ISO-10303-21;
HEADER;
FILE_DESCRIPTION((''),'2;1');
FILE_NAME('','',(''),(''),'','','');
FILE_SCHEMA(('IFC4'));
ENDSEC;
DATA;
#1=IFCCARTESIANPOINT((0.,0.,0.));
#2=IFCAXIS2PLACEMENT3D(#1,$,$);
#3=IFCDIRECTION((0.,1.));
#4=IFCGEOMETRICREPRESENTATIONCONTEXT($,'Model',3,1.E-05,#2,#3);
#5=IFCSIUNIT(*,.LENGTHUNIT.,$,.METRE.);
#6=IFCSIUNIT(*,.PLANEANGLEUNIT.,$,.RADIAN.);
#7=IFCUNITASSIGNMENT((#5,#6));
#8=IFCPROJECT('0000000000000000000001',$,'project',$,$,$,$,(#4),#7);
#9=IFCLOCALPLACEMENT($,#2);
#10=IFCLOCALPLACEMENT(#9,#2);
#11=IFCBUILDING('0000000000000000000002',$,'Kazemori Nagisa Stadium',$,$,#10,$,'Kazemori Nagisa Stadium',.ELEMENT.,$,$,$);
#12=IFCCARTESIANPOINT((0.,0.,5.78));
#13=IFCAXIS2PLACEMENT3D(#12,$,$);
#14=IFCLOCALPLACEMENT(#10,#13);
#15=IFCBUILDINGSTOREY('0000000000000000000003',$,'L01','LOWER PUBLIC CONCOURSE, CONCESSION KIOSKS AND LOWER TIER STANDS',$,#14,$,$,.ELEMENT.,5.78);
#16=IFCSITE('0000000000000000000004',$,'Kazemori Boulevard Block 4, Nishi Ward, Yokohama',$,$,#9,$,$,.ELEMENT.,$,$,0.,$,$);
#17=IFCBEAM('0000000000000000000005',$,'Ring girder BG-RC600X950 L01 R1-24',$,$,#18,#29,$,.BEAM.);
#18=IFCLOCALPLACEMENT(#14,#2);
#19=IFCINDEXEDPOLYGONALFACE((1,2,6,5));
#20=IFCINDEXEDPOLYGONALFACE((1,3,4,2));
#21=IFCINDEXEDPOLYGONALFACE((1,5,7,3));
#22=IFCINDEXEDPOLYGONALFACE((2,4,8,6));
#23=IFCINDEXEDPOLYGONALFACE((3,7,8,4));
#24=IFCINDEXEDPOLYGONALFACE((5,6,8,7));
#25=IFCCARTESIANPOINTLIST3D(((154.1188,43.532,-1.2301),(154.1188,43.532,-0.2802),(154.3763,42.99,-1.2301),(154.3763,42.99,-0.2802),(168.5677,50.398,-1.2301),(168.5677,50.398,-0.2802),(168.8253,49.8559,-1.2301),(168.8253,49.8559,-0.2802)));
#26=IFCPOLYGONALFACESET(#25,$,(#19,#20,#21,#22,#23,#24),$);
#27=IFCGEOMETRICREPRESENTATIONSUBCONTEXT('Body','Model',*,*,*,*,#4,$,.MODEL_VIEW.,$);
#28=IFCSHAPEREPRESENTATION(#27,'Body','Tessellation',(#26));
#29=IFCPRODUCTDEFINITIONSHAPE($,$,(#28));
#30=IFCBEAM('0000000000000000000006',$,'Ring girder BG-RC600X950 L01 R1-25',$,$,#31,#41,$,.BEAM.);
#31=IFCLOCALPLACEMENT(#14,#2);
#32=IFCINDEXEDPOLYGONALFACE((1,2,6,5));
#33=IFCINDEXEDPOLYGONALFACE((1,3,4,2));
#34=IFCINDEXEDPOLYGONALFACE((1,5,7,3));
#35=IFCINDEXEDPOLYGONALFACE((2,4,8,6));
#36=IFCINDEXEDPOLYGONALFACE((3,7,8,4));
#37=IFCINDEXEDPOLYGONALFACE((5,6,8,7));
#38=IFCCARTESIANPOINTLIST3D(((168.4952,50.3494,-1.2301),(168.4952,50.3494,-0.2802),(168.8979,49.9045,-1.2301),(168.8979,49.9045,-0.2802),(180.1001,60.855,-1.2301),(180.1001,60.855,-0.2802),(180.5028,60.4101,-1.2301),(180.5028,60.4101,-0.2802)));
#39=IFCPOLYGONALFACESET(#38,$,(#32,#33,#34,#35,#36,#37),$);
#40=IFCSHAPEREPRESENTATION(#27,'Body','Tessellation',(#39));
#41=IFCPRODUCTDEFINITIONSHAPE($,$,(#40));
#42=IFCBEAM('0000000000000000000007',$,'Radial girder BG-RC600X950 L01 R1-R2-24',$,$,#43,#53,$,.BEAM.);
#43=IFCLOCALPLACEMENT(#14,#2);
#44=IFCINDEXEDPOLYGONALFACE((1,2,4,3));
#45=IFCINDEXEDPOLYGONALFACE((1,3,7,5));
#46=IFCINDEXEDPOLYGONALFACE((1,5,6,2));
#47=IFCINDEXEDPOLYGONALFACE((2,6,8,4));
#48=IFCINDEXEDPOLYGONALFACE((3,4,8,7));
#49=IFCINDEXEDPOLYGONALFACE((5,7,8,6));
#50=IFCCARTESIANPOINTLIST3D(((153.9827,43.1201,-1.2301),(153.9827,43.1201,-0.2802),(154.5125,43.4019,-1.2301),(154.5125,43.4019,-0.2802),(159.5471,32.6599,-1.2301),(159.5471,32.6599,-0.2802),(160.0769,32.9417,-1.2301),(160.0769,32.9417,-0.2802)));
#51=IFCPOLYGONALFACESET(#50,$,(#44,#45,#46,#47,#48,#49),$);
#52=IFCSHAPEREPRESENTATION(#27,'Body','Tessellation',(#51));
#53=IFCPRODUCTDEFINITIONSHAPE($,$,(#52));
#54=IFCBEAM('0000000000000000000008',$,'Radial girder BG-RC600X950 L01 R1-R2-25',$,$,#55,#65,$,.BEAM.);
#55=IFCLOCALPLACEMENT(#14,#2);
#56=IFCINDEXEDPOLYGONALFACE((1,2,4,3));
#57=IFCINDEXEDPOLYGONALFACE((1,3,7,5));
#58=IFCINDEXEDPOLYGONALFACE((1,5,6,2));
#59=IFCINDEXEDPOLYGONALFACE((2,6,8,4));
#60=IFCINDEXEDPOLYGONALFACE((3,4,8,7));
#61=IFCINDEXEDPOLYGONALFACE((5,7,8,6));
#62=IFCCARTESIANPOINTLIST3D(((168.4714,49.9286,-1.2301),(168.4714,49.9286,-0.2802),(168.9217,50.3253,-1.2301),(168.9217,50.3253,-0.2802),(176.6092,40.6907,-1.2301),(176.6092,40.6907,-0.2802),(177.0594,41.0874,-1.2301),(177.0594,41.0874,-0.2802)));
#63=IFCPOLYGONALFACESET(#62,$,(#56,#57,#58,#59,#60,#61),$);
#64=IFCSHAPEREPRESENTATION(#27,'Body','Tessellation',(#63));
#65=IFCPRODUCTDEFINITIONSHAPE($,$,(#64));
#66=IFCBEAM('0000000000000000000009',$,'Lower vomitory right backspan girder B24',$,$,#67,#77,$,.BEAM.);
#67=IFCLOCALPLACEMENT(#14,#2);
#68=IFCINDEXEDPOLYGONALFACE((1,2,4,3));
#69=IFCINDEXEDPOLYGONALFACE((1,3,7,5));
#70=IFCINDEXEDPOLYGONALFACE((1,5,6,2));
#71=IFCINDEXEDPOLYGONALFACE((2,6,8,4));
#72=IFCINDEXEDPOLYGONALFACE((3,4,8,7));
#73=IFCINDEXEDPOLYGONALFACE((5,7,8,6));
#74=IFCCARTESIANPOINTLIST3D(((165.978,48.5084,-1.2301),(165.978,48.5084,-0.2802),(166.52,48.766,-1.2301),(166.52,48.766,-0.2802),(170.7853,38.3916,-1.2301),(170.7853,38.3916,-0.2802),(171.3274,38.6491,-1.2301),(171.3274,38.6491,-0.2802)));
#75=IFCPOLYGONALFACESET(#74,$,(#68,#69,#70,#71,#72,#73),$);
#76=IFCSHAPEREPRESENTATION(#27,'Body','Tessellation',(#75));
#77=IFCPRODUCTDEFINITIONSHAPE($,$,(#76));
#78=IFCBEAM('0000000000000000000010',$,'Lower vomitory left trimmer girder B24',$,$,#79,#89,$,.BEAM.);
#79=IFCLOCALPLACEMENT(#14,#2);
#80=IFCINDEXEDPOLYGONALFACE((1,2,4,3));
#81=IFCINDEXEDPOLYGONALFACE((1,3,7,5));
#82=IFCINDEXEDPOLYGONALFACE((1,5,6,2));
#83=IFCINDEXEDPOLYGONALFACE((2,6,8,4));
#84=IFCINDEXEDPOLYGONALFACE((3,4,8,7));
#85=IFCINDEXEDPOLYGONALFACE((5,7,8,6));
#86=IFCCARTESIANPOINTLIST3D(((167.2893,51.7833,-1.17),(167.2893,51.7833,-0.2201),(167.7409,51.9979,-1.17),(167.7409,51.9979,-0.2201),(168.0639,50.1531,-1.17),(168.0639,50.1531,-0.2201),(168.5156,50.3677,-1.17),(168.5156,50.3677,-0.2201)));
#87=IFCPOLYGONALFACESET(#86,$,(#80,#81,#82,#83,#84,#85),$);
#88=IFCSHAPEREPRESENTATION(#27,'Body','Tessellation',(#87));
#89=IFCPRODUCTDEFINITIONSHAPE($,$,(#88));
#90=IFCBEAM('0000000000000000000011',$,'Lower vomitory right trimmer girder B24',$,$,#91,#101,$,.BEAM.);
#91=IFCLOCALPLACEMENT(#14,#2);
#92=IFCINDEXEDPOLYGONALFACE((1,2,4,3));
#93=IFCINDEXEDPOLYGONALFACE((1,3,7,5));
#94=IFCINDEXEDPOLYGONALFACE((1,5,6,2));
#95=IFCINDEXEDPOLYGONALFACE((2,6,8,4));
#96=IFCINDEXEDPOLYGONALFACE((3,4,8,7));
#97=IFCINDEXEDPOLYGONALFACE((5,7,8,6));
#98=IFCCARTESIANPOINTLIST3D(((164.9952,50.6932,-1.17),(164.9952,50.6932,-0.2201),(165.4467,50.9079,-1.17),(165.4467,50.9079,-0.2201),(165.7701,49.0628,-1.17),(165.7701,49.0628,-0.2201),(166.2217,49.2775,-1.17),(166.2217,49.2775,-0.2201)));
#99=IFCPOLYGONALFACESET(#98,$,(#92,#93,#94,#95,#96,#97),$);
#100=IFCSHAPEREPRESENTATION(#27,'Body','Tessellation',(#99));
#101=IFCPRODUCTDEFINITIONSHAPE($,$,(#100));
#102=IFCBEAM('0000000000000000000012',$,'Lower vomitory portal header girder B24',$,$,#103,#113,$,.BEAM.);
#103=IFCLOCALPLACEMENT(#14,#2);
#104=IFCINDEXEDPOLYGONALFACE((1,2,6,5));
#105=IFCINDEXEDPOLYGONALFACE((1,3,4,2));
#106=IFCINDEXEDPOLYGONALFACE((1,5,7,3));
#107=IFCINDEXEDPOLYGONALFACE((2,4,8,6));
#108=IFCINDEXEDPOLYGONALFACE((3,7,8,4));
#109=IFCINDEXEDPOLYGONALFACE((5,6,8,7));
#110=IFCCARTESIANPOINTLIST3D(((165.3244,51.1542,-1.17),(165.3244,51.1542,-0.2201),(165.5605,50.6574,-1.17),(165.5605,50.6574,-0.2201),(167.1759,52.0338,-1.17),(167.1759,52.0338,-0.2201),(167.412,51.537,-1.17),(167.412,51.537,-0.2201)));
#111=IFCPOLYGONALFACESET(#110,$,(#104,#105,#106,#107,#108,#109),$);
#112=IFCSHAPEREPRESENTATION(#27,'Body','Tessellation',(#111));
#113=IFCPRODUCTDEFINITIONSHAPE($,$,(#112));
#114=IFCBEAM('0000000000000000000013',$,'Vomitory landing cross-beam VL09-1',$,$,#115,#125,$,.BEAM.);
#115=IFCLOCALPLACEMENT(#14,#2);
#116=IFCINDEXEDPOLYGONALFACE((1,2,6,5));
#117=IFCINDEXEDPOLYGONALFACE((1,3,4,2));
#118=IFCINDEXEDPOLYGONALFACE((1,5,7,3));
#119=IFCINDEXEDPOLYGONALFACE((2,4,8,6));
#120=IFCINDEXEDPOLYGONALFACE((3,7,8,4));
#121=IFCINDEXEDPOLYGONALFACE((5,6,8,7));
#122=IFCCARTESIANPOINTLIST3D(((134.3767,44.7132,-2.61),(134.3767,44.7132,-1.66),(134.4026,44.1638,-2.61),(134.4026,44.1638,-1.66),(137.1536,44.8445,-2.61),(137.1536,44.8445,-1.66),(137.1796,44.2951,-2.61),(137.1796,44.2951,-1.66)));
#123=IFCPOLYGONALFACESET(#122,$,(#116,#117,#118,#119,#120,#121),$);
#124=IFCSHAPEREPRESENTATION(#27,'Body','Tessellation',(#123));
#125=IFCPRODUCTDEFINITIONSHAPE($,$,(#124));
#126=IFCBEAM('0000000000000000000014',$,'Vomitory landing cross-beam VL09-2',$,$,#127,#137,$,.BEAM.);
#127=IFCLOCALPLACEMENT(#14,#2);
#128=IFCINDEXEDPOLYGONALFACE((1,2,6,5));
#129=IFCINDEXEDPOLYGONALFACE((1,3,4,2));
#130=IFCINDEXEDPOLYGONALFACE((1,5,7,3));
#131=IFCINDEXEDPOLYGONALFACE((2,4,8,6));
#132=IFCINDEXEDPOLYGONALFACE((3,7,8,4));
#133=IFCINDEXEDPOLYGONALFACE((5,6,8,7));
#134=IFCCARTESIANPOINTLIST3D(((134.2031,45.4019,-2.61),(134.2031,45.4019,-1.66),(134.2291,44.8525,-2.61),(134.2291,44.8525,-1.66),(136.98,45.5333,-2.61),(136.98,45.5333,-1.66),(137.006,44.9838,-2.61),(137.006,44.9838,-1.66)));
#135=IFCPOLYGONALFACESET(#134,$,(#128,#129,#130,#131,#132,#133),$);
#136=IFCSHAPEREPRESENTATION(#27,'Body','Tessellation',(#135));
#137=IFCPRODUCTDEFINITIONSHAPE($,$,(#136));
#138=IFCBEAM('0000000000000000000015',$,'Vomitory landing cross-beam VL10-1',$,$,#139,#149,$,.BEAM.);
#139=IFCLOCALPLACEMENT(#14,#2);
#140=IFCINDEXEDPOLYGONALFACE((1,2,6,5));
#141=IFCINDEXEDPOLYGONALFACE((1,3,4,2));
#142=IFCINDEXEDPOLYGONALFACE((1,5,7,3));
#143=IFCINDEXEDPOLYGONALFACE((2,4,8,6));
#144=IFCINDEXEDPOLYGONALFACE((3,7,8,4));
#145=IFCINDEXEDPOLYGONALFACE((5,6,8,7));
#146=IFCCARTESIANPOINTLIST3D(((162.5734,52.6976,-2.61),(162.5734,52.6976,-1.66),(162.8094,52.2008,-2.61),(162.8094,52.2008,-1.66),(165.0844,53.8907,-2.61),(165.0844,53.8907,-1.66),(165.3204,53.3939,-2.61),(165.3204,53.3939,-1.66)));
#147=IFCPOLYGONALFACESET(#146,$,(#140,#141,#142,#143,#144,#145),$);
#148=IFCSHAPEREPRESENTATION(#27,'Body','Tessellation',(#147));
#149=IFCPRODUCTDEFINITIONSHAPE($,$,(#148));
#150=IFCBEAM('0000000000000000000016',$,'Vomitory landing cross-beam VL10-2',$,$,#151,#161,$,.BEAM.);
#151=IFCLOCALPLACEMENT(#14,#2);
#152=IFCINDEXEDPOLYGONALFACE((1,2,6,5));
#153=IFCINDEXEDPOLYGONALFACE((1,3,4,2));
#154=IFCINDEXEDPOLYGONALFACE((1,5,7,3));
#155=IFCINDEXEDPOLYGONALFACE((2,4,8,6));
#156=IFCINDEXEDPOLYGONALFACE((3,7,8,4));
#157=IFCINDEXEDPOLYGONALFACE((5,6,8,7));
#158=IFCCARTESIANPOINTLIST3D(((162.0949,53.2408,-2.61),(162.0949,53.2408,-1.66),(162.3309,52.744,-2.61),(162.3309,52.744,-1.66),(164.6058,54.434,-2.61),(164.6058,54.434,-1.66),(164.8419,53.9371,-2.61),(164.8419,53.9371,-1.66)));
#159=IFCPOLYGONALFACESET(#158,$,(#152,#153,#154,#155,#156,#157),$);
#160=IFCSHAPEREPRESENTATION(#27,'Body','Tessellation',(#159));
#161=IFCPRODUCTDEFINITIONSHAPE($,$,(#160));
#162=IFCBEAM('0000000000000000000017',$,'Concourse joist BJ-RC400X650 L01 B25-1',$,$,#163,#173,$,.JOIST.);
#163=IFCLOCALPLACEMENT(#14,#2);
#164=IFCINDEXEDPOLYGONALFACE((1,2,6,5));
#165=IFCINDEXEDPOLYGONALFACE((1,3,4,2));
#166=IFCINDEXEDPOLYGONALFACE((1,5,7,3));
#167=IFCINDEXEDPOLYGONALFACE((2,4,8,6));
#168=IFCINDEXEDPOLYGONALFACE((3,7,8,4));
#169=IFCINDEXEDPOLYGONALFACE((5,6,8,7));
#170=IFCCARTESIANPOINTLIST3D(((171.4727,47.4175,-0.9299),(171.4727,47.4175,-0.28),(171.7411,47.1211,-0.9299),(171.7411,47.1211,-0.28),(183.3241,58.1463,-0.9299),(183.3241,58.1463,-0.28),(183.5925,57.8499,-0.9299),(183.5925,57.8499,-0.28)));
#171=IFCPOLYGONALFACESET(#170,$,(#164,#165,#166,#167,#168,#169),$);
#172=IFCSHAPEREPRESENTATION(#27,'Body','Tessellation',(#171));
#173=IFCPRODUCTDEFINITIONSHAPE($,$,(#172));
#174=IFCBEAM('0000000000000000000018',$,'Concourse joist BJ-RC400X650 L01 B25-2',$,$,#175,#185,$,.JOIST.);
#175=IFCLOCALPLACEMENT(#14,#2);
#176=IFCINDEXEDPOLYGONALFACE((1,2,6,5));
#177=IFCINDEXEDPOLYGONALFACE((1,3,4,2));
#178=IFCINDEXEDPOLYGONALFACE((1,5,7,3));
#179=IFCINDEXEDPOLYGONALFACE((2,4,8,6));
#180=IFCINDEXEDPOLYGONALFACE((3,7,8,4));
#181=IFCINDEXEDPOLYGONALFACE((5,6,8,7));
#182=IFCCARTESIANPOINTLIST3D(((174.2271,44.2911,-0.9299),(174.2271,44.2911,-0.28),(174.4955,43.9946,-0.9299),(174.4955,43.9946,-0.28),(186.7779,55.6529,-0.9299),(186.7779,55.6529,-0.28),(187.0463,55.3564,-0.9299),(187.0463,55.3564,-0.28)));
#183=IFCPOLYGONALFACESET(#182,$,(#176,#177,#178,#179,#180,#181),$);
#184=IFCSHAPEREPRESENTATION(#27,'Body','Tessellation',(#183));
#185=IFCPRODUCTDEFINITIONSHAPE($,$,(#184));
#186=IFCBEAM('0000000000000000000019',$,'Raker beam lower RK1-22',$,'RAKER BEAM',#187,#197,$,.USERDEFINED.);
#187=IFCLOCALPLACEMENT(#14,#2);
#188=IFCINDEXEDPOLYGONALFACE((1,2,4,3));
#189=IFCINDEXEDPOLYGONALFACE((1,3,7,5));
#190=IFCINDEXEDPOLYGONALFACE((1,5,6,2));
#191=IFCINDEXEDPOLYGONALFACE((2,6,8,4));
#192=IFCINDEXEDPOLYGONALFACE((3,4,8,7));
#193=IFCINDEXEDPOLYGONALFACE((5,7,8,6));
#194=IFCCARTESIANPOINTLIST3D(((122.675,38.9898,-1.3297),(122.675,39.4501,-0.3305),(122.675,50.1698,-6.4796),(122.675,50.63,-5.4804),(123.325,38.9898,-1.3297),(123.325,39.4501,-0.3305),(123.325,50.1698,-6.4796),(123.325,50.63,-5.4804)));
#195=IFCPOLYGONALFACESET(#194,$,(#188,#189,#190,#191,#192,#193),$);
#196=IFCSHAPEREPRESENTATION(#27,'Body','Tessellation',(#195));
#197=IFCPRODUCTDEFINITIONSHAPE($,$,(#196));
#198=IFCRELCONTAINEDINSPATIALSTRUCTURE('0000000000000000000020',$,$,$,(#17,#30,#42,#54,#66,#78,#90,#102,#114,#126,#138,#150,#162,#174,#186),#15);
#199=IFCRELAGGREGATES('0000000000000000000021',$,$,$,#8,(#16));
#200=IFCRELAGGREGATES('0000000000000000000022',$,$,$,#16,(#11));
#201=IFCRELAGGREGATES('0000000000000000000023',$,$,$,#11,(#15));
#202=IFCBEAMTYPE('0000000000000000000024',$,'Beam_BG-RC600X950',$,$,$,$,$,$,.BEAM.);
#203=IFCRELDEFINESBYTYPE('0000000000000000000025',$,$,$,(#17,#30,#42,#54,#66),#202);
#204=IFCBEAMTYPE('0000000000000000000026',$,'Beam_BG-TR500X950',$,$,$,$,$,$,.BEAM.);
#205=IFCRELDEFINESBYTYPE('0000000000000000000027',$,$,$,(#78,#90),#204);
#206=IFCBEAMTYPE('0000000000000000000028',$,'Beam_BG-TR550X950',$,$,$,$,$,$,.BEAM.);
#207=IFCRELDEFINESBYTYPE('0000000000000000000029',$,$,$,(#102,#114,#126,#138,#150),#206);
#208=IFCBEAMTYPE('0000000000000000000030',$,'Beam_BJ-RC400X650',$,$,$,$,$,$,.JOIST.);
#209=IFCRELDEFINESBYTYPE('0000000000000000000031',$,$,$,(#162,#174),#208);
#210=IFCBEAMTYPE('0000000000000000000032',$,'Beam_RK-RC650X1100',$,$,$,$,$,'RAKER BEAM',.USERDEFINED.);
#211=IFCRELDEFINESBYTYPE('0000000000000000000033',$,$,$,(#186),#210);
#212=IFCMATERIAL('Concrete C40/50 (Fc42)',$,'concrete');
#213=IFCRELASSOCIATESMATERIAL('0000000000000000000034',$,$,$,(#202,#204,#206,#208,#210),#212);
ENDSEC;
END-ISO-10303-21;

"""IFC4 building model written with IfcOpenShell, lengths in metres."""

from ifc_helpers import new_model, si_unit, direction, frame, origin, origin_2d, place, context, subcontext, project, spatial, rectangle, extrude, material, material_profile, profile_set, type_object, element, save


model = new_model("IFC4")

# Units and contexts
model_context = context("Model", 3, precision=1e-05, world=origin(), true_north=direction((0.0, 1.0)))
body_context = subcontext(model_context, "Body", "Model", "MODEL_VIEW")
ifc_project = project(units=[si_unit("LENGTHUNIT", "METRE"), si_unit("PLANEANGLEUNIT", "RADIAN")], contexts=[model_context])

# Site, building, storey
site_placement = place(None, origin())
site = spatial("IfcSite", under=ifc_project, at=site_placement, Name="Kazemori Boulevard Block 4, Nishi Ward, Yokohama", CompositionType="ELEMENT", RefElevation=0.0)
building_placement = place(site_placement, origin())
building = spatial("IfcBuilding", under=site, at=building_placement, Name="Kazemori Nagisa Stadium", LongName="Kazemori Nagisa Stadium", CompositionType="ELEMENT")
storey_placement = place(building_placement, frame((0.0, 0.0, 5.78)))
storey = spatial("IfcBuildingStorey", under=building, at=storey_placement, Name="L01", Description="LOWER PUBLIC CONCOURSE, CONCESSION KIOSKS AND LOWER TIER STANDS", CompositionType="ELEMENT", Elevation=5.78)

# Shared definitions
ifc_material_1 = material(Name="Concrete C40/50 (Fc42)", Category="concrete")

# Beams
ifc_material_profile_1 = material_profile(ifc_material_1, rectangle(XDim=0.6001, YDim=0.95, at=origin_2d()), Name="RC-BM-600x950")
ifc_profile_set_1 = profile_set([ifc_material_profile_1], Name="Concrete C40/50 (Fc42)")
beam_type_1 = type_object("IfcBeamType", Name="Beam_BG-RC600X950", PredefinedType="BEAM", material=ifc_profile_set_1)
beam_1_placement = place(storey_placement, frame((154.2476, 43.261, -0.7551), z_axis=(0.903212, 0.429195, 0.0), x_axis=(-0.429195, 0.903212, 0.0)))
element("IfcBeam", 1, at=beam_1_placement, inside=storey, type_object=beam_type_1, Name="Ring girder BG-RC600X950 L01 R1-24", PredefinedType="BEAM", context=body_context, shape_type="SweptSolid", body=[
    extrude(rectangle(XDim=0.6001, YDim=0.95, at=origin_2d()), origin(), (0.0, 0.0, 1.0), 15.9973),
])
beam_2_placement = place(storey_placement, frame((168.6965, 50.127, -0.7551), z_axis=(0.741349, 0.67112, 0.0), x_axis=(-0.67112, 0.741349, 0.0)))
element("IfcBeam", 2, at=beam_2_placement, inside=storey, type_object=beam_type_1, Name="Ring girder BG-RC600X950 L01 R1-25", PredefinedType="BEAM", context=body_context, shape_type="SweptSolid", body=[
    extrude(rectangle(XDim=0.6001, YDim=0.95, at=origin_2d()), origin(), (0.0, 0.0, 1.0), 15.6538),
])
beam_3_placement = place(storey_placement, frame((154.2476, 43.261, -0.7551), z_axis=(0.469647, -0.882854, 0.0), x_axis=(0.882854, 0.469647, 0.0)))
element("IfcBeam", 3, at=beam_3_placement, inside=storey, type_object=beam_type_1, Name="Radial girder BG-RC600X950 L01 R1-R2-24", PredefinedType="BEAM", context=body_context, shape_type="SweptSolid", body=[
    extrude(rectangle(XDim=0.6001, YDim=0.95, at=origin_2d()), origin(), (0.0, 0.0, 1.0), 11.8481),
])
beam_4_placement = place(storey_placement, frame((168.6965, 50.127, -0.7551), z_axis=(0.661014, -0.750374, 0.0), x_axis=(0.750374, 0.661014, 0.0)))
element("IfcBeam", 4, at=beam_4_placement, inside=storey, type_object=beam_type_1, Name="Radial girder BG-RC600X950 L01 R1-R2-25", PredefinedType="BEAM", context=body_context, shape_type="SweptSolid", body=[
    extrude(rectangle(XDim=0.6001, YDim=0.95, at=origin_2d()), origin(), (0.0, 0.0, 1.0), 12.311),
])
beam_5_placement = place(storey_placement, frame((166.249, 48.6372, -0.7551), z_axis=(0.42919, -0.903214, 0.0), x_axis=(0.903214, 0.42919, 0.0)))
element("IfcBeam", 5, at=beam_5_placement, inside=storey, type_object=beam_type_1, Name="Lower vomitory right backspan girder B24", PredefinedType="BEAM", context=body_context, shape_type="SweptSolid", body=[
    extrude(rectangle(XDim=0.6001, YDim=0.95, at=origin_2d()), origin(), (0.0, 0.0, 1.0), 11.2009),
])
ifc_material_profile_2 = material_profile(ifc_material_1, rectangle(XDim=0.5, YDim=0.95, at=origin_2d()), Name="RC-BM-500x950")
ifc_profile_set_2 = profile_set([ifc_material_profile_2], Name="Concrete C40/50 (Fc42)")
beam_type_2 = type_object("IfcBeamType", Name="Beam_BG-TR500X950", PredefinedType="BEAM", material=ifc_profile_set_2)
beam_6_placement = place(storey_placement, frame((167.5151, 51.8906, -0.6951), z_axis=(0.429162, -0.903228, 0.0), x_axis=(0.903228, 0.429162, 0.0)))
element("IfcBeam", 6, at=beam_6_placement, inside=storey, type_object=beam_type_2, Name="Lower vomitory left trimmer girder B24", PredefinedType="BEAM", context=body_context, shape_type="SweptSolid", body=[
    extrude(rectangle(XDim=0.5, YDim=0.95, at=origin_2d()), origin(), (0.0, 0.0, 1.0), 1.8049),
])
beam_7_placement = place(storey_placement, frame((165.2209, 50.8005, -0.6951), z_axis=(0.429272, -0.903175, 0.0), x_axis=(0.903175, 0.429272, 0.0)))
element("IfcBeam", 7, at=beam_7_placement, inside=storey, type_object=beam_type_2, Name="Lower vomitory right trimmer girder B24", PredefinedType="BEAM", context=body_context, shape_type="SweptSolid", body=[
    extrude(rectangle(XDim=0.5, YDim=0.95, at=origin_2d()), origin(), (0.0, 0.0, 1.0), 1.8052),
])
ifc_material_profile_3 = material_profile(ifc_material_1, rectangle(XDim=0.55, YDim=0.95, at=origin_2d()), Name="RC-BM-550x950")
ifc_profile_set_3 = profile_set([ifc_material_profile_3], Name="Concrete C40/50 (Fc42)")
beam_type_3 = type_object("IfcBeamType", Name="Beam_BG-TR550X950", PredefinedType="BEAM", material=ifc_profile_set_3)
beam_8_placement = place(storey_placement, frame((167.2939, 51.7854, -0.6951), z_axis=(-0.90325, -0.429115, 0.0), x_axis=(0.429115, -0.90325, 0.0)))
element("IfcBeam", 8, at=beam_8_placement, inside=storey, type_object=beam_type_3, Name="Lower vomitory portal header girder B24", PredefinedType="BEAM", context=body_context, shape_type="SweptSolid", body=[
    extrude(rectangle(XDim=0.55, YDim=0.95, at=origin_2d()), origin(), (0.0, 0.0, 1.0), 2.0498),
])
for number, where, z_axis, x_axis, name in (
    (9, (134.3896, 44.4385, -2.135), (0.998883, 0.047248, 0.0), (-0.047248, 0.998883, 0.0), "Vomitory landing cross-beam VL09-1"),
    (10, (134.2161, 45.1272, -2.135), (0.998883, 0.047248, 0.0), (-0.047248, 0.998883, 0.0), "Vomitory landing cross-beam VL09-2"),
    (11, (162.6914, 52.4492, -2.135), (0.903222, 0.429173, 0.0), (-0.429173, 0.903222, 0.0), "Vomitory landing cross-beam VL10-1"),
    (12, (162.2129, 52.9924, -2.135), (0.903222, 0.429173, 0.0), (-0.429173, 0.903222, 0.0), "Vomitory landing cross-beam VL10-2"),
):
    element("IfcBeam", number, at=place(storey_placement, frame(where, z_axis=z_axis, x_axis=x_axis)), inside=storey, type_object=beam_type_3, Name=name, PredefinedType="BEAM", context=body_context, shape_type="SweptSolid", body=[
        extrude(rectangle(XDim=0.55, YDim=0.95, at=origin_2d()), origin(), (0.0, 0.0, 1.0), 2.78),
    ])
ifc_material_profile_4 = material_profile(ifc_material_1, rectangle(XDim=0.3999, YDim=0.6499, at=origin_2d()), Name="RC-BM-400x650")
ifc_profile_set_4 = profile_set([ifc_material_profile_4], Name="Concrete C40/50 (Fc42)")
beam_type_4 = type_object("IfcBeamType", Name="Beam_BJ-RC400X650", PredefinedType="JOIST", material=ifc_profile_set_4)
beam_9_placement = place(storey_placement, frame((171.6069, 47.2693, -0.605), z_axis=(0.741345, 0.671124, 0.0), x_axis=(-0.671124, 0.741345, 0.0)))
element("IfcBeam", 13, at=beam_9_placement, inside=storey, type_object=beam_type_4, Name="Concourse joist BJ-RC400X650 L01 B25-1", PredefinedType="JOIST", context=body_context, shape_type="SweptSolid", body=[
    extrude(rectangle(XDim=0.3999, YDim=0.6499, at=origin_2d()), origin(), (0.0, 0.0, 1.0), 15.9863),
])
beam_10_placement = place(storey_placement, frame((174.3613, 44.1428, -0.605), z_axis=(0.741349, 0.671119, 0.0), x_axis=(-0.671119, 0.741349, 0.0)))
element("IfcBeam", 14, at=beam_10_placement, inside=storey, type_object=beam_type_4, Name="Concourse joist BJ-RC400X650 L01 B25-2", PredefinedType="JOIST", context=body_context, shape_type="SweptSolid", body=[
    extrude(rectangle(XDim=0.3999, YDim=0.6499, at=origin_2d()), origin(), (0.0, 0.0, 1.0), 16.9297),
])
ifc_material_profile_5 = material_profile(ifc_material_1, rectangle(XDim=0.6499, YDim=1.1001, at=origin_2d()), Name="RC-RK-650x1100")
ifc_profile_set_5 = profile_set([ifc_material_profile_5], Name="Concrete C40/50 (Fc42)")
beam_type_5 = type_object("IfcBeamType", Name="Beam_RK-RC650X1100", ElementType="RAKER BEAM", PredefinedType="USERDEFINED", material=ifc_profile_set_5)
beam_11_placement = place(storey_placement, frame((123.0, 50.3999, -5.98), z_axis=(0.0, -0.90827, 0.418384), x_axis=(1.0, 0.0, 0.0)))
element("IfcBeam", 15, at=beam_11_placement, inside=storey, type_object=beam_type_5, Name="Raker beam lower RK1-22", ObjectType="RAKER BEAM", PredefinedType="USERDEFINED", context=body_context, shape_type="SweptSolid", body=[
    extrude(rectangle(XDim=0.6499, YDim=1.1001, at=origin_2d()), origin(), (0.0, 0.0, 1.0), 12.3091),
])

save(model, "model.ifc")
